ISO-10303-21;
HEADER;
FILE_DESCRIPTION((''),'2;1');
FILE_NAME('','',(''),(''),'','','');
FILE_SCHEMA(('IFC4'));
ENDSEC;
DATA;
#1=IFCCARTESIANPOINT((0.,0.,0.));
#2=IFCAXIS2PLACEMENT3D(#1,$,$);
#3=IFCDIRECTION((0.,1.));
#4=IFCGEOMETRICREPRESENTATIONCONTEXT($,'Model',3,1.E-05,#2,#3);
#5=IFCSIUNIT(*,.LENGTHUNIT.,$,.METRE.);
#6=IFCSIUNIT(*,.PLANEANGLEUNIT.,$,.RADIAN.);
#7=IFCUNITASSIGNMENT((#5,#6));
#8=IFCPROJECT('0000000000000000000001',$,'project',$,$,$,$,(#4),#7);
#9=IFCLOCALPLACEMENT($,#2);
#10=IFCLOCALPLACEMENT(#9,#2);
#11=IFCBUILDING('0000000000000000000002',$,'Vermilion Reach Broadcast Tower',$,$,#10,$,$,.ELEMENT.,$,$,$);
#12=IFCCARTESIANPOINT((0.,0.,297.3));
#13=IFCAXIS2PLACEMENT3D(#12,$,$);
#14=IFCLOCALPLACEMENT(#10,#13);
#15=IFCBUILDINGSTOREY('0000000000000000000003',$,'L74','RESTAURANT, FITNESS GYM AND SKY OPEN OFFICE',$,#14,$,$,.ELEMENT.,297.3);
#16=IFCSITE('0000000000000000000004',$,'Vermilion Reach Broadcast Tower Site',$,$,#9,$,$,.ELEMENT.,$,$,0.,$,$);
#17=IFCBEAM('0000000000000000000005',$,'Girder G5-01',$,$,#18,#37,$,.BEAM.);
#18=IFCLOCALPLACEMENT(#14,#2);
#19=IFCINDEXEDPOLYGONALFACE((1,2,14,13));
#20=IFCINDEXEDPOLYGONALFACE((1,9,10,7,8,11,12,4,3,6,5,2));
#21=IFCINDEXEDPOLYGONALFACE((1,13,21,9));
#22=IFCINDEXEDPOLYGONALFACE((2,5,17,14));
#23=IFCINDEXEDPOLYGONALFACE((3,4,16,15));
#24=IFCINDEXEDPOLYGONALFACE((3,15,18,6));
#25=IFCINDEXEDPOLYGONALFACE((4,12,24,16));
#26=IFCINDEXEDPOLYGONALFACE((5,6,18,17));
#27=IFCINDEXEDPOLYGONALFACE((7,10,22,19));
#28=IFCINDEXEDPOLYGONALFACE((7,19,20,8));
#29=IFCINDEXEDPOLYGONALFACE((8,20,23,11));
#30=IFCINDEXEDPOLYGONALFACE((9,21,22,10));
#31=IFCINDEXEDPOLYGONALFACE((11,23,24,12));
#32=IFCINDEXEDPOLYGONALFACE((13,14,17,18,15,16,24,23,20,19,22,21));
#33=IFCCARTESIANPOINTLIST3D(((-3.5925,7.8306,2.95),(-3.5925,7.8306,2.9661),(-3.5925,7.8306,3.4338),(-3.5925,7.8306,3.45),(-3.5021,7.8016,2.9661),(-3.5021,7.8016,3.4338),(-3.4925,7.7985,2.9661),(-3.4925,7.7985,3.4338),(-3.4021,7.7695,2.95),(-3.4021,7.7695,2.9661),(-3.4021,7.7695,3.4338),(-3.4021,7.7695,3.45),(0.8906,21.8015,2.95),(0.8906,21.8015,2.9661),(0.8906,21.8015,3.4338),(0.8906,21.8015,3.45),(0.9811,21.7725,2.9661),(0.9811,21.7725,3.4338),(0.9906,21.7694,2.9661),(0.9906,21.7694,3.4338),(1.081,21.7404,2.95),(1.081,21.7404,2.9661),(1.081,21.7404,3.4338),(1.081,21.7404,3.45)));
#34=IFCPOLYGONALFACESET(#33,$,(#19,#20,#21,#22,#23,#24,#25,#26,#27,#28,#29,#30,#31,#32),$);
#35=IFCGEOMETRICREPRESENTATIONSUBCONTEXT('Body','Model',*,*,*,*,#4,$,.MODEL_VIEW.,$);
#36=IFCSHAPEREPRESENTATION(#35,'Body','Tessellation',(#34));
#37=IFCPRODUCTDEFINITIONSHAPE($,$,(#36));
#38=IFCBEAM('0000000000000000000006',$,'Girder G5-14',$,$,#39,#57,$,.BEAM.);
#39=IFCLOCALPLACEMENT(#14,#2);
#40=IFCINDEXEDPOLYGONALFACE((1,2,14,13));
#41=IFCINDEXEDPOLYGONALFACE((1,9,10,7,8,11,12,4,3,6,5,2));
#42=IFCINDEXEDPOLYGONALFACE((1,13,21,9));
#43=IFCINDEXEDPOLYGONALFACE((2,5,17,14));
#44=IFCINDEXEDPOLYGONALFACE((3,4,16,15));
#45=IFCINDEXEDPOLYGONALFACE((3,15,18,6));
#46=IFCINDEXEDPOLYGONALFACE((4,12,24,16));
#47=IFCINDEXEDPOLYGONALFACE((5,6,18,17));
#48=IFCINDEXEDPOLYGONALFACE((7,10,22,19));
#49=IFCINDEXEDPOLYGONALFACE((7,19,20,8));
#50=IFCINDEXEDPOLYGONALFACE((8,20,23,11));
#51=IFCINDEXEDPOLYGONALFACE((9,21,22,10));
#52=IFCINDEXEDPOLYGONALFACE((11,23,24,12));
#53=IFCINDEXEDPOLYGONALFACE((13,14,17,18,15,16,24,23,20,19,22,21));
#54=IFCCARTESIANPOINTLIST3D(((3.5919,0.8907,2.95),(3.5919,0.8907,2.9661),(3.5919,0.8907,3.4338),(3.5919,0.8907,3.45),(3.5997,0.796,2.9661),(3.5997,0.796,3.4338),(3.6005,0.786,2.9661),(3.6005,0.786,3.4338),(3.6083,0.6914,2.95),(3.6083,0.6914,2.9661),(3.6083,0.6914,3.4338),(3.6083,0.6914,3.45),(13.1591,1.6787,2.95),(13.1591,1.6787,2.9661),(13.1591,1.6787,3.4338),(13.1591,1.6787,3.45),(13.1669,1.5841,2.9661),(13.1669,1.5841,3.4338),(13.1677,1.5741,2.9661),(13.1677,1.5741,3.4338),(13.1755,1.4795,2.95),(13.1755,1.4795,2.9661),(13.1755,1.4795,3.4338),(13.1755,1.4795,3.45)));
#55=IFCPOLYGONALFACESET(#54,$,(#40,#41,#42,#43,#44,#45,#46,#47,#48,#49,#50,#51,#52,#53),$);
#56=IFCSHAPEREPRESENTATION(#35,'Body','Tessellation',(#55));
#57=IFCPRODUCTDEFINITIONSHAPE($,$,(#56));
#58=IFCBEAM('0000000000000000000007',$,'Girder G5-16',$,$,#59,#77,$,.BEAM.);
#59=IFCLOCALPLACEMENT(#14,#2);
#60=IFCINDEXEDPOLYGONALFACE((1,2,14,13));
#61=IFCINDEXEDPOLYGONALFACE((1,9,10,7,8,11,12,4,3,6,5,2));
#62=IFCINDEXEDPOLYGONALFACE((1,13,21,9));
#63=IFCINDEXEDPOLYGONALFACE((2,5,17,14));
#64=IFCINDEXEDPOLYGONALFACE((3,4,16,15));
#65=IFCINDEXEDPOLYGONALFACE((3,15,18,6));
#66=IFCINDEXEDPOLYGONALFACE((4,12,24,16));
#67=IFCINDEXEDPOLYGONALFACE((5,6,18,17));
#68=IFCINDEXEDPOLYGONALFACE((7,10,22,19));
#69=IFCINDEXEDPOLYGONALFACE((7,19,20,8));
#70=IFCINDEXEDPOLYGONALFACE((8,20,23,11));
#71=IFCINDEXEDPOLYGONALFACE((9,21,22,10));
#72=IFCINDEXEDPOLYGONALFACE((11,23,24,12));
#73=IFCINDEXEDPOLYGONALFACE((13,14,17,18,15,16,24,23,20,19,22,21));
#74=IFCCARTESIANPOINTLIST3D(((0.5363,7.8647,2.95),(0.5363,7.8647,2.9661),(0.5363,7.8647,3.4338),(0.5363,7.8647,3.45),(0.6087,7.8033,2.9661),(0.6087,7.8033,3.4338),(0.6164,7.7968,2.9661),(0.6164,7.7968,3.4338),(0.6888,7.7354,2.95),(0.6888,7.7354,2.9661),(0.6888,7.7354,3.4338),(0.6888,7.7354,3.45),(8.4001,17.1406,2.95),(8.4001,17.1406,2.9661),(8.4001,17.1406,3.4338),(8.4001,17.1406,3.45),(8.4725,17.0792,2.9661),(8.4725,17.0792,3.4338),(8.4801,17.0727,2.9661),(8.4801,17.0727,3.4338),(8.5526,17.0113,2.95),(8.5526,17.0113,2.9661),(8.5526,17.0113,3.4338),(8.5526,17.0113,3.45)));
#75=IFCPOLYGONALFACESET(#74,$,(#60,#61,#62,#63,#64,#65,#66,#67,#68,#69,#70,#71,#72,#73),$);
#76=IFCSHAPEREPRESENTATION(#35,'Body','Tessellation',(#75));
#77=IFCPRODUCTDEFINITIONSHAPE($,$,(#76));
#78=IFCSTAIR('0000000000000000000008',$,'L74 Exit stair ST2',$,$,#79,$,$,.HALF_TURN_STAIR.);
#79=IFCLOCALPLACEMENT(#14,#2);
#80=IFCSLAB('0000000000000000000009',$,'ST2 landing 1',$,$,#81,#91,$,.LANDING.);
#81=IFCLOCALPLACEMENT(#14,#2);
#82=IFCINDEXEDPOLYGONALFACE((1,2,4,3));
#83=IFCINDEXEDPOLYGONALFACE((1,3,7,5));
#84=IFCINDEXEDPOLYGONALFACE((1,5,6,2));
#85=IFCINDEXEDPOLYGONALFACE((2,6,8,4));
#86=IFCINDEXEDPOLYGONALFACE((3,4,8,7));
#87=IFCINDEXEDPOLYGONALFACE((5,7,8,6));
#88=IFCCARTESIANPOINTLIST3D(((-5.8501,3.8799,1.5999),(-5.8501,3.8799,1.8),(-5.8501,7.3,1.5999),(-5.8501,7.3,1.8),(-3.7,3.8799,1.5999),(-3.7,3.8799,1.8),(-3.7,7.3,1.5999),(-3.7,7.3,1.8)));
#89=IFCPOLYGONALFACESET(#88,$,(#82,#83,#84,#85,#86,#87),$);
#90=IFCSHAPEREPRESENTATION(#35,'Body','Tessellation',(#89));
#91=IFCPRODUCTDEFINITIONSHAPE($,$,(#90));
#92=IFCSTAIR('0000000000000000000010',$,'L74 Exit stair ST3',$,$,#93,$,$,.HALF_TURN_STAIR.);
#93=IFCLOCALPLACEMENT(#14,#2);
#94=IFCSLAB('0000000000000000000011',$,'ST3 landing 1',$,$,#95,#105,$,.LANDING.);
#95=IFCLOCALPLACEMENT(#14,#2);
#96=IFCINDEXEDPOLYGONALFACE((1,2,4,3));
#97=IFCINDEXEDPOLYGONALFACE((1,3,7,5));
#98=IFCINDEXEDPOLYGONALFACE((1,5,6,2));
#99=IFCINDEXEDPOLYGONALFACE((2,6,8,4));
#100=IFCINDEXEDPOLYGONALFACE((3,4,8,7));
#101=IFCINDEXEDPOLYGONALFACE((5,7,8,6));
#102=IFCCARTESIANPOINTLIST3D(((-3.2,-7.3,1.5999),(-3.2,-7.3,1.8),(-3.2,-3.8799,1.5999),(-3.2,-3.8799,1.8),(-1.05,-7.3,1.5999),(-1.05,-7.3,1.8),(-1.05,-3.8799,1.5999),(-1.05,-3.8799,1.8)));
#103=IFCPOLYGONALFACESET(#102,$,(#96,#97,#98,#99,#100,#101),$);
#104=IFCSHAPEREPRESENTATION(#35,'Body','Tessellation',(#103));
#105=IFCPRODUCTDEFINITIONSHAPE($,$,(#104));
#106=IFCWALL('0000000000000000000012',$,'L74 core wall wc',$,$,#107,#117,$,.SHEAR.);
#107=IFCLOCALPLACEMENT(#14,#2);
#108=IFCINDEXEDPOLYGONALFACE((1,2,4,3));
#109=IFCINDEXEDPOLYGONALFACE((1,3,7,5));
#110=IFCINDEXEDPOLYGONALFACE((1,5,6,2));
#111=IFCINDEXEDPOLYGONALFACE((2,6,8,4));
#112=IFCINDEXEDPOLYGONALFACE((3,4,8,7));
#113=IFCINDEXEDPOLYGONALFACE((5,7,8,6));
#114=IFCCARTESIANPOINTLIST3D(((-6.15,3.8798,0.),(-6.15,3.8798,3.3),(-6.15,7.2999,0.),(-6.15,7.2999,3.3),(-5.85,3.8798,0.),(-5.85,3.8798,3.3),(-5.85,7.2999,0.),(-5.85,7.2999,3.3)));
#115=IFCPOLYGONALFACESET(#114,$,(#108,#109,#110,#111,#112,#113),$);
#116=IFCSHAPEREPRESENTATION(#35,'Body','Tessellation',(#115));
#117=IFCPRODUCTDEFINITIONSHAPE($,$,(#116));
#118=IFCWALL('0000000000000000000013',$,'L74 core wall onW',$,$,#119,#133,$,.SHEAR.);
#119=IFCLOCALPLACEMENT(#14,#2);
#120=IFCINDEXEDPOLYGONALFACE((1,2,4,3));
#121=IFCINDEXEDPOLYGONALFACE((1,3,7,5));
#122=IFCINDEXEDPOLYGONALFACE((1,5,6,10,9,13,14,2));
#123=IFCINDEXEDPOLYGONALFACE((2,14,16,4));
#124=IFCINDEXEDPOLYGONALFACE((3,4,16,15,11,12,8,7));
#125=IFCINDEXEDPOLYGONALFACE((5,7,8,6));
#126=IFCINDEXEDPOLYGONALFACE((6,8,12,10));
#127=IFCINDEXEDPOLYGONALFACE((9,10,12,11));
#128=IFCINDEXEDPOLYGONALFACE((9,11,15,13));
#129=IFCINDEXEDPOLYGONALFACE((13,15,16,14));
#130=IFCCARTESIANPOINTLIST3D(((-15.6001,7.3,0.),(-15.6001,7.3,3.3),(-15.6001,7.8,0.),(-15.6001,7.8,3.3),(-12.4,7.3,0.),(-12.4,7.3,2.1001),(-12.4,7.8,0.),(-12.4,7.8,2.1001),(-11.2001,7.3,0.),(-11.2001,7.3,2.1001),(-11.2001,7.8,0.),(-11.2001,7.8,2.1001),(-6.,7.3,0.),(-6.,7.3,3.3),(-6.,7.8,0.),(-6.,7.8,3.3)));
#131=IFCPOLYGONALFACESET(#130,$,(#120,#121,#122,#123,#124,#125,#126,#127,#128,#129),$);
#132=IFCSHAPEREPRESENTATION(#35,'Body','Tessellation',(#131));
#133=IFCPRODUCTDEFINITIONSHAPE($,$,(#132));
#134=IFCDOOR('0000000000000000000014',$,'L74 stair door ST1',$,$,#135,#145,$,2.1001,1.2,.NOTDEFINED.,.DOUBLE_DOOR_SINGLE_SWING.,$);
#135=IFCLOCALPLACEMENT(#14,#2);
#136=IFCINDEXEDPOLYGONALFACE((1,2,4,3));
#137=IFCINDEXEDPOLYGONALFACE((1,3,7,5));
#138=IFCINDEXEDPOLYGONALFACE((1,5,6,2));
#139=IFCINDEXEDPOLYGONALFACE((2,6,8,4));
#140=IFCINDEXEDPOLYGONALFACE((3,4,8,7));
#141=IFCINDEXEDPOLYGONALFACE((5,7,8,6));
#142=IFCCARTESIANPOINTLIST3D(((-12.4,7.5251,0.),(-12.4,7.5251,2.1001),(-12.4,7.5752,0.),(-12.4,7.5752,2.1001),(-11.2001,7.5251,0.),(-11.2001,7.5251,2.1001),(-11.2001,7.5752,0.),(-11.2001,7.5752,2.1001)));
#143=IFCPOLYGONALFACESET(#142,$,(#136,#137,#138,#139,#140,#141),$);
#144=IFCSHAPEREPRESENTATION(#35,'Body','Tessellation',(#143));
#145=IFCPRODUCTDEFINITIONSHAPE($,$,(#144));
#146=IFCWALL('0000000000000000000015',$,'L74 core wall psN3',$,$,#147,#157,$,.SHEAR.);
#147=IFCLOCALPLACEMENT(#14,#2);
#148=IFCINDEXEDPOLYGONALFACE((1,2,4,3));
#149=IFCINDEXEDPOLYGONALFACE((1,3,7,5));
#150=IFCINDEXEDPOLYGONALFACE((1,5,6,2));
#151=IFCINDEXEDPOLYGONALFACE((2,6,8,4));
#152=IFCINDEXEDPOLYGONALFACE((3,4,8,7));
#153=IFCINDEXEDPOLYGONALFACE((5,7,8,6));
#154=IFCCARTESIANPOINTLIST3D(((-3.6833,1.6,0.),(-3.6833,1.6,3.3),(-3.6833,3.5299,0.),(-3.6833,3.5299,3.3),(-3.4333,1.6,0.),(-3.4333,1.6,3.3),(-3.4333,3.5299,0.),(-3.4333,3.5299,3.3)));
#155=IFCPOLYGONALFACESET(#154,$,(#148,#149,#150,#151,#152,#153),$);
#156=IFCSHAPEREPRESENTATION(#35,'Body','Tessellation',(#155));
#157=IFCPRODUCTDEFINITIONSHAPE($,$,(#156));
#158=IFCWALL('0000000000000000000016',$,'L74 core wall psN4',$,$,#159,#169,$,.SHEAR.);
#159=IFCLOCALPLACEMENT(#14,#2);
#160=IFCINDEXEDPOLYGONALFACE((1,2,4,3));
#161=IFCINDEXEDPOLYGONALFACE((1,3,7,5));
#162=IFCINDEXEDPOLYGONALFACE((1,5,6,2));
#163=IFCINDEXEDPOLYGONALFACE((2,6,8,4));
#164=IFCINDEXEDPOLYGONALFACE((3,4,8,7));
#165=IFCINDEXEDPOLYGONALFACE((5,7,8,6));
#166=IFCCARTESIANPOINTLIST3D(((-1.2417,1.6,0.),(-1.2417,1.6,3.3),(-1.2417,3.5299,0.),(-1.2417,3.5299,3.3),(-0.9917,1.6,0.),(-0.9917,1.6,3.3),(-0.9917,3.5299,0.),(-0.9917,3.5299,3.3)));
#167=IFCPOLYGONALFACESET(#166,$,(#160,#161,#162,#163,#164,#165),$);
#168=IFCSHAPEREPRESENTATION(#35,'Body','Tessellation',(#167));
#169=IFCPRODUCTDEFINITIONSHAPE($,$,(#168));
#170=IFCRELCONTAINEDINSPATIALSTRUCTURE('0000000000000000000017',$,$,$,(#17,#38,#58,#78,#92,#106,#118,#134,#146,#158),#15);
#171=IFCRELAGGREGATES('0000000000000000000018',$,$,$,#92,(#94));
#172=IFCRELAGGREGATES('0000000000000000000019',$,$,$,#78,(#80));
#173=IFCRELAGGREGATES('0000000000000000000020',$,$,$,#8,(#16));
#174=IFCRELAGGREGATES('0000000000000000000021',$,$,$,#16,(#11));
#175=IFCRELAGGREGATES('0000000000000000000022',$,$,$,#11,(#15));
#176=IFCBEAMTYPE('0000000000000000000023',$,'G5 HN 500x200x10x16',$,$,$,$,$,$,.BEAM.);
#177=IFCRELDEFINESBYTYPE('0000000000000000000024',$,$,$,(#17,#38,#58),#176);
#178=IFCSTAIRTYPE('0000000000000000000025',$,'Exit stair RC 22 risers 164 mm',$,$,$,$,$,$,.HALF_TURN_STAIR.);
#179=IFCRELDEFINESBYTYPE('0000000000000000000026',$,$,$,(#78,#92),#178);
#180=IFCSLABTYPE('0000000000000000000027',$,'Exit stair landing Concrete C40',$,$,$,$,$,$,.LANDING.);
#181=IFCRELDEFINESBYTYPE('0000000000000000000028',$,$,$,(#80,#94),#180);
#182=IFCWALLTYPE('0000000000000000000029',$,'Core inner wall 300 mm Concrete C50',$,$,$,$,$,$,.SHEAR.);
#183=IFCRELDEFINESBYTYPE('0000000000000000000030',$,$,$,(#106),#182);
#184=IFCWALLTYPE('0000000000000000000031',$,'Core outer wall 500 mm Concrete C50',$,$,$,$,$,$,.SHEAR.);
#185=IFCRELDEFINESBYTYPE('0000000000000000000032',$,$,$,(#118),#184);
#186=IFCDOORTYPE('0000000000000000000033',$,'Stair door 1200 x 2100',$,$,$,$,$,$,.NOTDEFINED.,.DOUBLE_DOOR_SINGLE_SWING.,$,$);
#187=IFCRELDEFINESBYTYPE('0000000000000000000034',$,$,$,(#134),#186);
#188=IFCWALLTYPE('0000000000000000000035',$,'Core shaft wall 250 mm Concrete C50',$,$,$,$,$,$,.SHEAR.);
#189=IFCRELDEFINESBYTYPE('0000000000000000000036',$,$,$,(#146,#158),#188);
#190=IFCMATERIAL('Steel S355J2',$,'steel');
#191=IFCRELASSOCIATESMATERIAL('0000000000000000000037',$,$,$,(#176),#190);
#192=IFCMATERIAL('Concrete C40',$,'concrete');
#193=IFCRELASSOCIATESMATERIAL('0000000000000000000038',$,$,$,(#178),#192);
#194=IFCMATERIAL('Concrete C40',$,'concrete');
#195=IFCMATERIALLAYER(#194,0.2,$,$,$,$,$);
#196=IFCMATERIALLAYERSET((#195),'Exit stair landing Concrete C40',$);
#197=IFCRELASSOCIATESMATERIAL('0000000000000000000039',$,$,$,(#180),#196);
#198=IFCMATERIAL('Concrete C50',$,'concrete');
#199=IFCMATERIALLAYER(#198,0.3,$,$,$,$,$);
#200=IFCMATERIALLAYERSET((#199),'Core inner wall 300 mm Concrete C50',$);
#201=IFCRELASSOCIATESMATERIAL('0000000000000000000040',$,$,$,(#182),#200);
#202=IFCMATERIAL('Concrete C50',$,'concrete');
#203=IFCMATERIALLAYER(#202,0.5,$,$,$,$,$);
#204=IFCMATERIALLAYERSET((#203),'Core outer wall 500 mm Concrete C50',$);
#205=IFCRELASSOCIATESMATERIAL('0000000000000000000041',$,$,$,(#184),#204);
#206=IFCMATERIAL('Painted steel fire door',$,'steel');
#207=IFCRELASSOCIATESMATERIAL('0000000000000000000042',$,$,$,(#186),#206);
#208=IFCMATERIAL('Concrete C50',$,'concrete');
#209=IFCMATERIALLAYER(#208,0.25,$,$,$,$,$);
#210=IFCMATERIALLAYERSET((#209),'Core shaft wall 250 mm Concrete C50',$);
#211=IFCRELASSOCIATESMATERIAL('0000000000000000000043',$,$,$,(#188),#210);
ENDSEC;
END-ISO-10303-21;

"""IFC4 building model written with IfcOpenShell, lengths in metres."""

from ifc_helpers import new_model, si_unit, direction, frame, frame_2d, origin, origin_2d, place, context, subcontext, project, spatial, polyline, rectangle, i_section, outline, extrude, material, layer, layer_set, material_profile, profile_set, type_object, element, fill, aggregate, save


model = new_model("IFC4")

# Units and contexts
model_context = context("Model", 3, precision=1e-05, world=origin(), true_north=direction((0.0, 1.0)))
body_context = subcontext(model_context, "Body", "Model", "MODEL_VIEW")
ifc_project = project(units=[si_unit("LENGTHUNIT", "METRE"), si_unit("PLANEANGLEUNIT", "RADIAN")], contexts=[model_context])

# Site, building, storey
site_placement = place(None, origin())
site = spatial("IfcSite", under=ifc_project, at=site_placement, Name="Vermilion Reach Broadcast Tower Site", CompositionType="ELEMENT", RefElevation=0.0)
building_placement = place(site_placement, origin())
building = spatial("IfcBuilding", under=site, at=building_placement, Name="Vermilion Reach Broadcast Tower", CompositionType="ELEMENT")
storey_placement = place(building_placement, frame((0.0, 0.0, 297.3)))
storey = spatial("IfcBuildingStorey", under=building, at=storey_placement, Name="L74", Description="RESTAURANT, FITNESS GYM AND SKY OPEN OFFICE", CompositionType="ELEMENT", Elevation=297.3)

# Beams
ifc_material_1 = material(Name="Steel S355J2", Category="steel")
ifc_material_profile = material_profile(ifc_material_1, i_section(OverallWidth=0.2, OverallDepth=0.5, WebThickness=0.01, FlangeThickness=0.0161, at=origin_2d()), Name="S355J2 HN 500x200x10x16")
ifc_profile_set = profile_set([ifc_material_profile], Name="Steel S355J2")
beam_type = type_object("IfcBeamType", Name="G5 HN 500x200x10x16", PredefinedType="BEAM", material=ifc_profile_set)
beam_1_placement = place(storey_placement, frame((-3.4973, 7.8, 3.2), z_axis=(0.305545, 0.952178, 0.0), x_axis=(-0.952178, 0.305545, 0.0)))
element("IfcBeam", 1, at=beam_1_placement, inside=storey, type_object=beam_type, Name="Girder G5-01", PredefinedType="BEAM", context=body_context, shape_type="SweptSolid", body=[
    extrude(i_section(OverallWidth=0.2, OverallDepth=0.5, WebThickness=0.01, FlangeThickness=0.0161, at=origin_2d()), origin(), (0.0, 0.0, 1.0), 14.6726),
])
beam_2_placement = place(storey_placement, frame((3.6001, 0.791, 3.2), z_axis=(0.996624, 0.082096, 0.0), x_axis=(-0.082096, 0.996624, 0.0)))
element("IfcBeam", 2, at=beam_2_placement, inside=storey, type_object=beam_type, Name="Girder G5-14", PredefinedType="BEAM", context=body_context, shape_type="SweptSolid", body=[
    extrude(i_section(OverallWidth=0.2, OverallDepth=0.5, WebThickness=0.01, FlangeThickness=0.0161, at=origin_2d()), origin(), (0.0, 0.0, 1.0), 9.5996),
])
beam_3_placement = place(storey_placement, frame((0.6125, 7.8, 3.2), z_axis=(0.646658, 0.76278, 0.0), x_axis=(-0.76278, 0.646658, 0.0)))
element("IfcBeam", 3, at=beam_3_placement, inside=storey, type_object=beam_type, Name="Girder G5-16", PredefinedType="BEAM", context=body_context, shape_type="SweptSolid", body=[
    extrude(i_section(OverallWidth=0.2, OverallDepth=0.5, WebThickness=0.01, FlangeThickness=0.0161, at=origin_2d()), origin(), (0.0, 0.0, 1.0), 12.1606),
])

# Stairs, slabs
ifc_material_2 = material(Name="Concrete C40", Category="concrete")
stair_type = type_object("IfcStairType", Name="Exit stair RC 22 risers 164 mm", PredefinedType="HALF_TURN_STAIR", material=ifc_material_2)
placement_1 = place(storey_placement, origin())
stair_1 = element("IfcStair", 4, at=placement_1, inside=storey, type_object=stair_type, Name="L74 Exit stair ST2", PredefinedType="HALF_TURN_STAIR")
ifc_material_3 = material(Name="Concrete C40", Category="concrete")
ifc_layer_1 = layer(ifc_material_3, 0.2)
ifc_layer_set_1 = layer_set([ifc_layer_1], Name="Exit stair landing Concrete C40")
slab_type = type_object("IfcSlabType", Name="Exit stair landing Concrete C40", PredefinedType="LANDING", material=ifc_layer_set_1)
placement_2 = place(storey_placement, frame((0.0, 0.0, 1.5999)))
slab_1 = element("IfcSlab", 5, at=placement_2, type_object=slab_type, Name="ST2 landing 1", PredefinedType="LANDING", context=body_context, shape_type="SweptSolid", body=[
    extrude(outline(polyline([(-3.7, 7.3), (-5.8501, 7.3), (-5.8501, 3.8799), (-3.7, 3.8799), (-3.7, 7.3)])), origin(), (0.0, 0.0, 1.0), 0.2002),
])
stair_2 = element("IfcStair", 6, at=placement_1, inside=storey, type_object=stair_type, Name="L74 Exit stair ST3", PredefinedType="HALF_TURN_STAIR")
slab_2 = element("IfcSlab", 7, at=placement_2, type_object=slab_type, Name="ST3 landing 1", PredefinedType="LANDING", context=body_context, shape_type="SweptSolid", body=[
    extrude(outline(polyline([(-3.2, -7.3), (-1.05, -7.3), (-1.05, -3.8799), (-3.2, -3.8799), (-3.2, -7.3)])), origin(), (0.0, 0.0, 1.0), 0.2002),
])
aggregate(stair_2, [slab_2])

# Wall
ifc_material_4 = material(Name="Concrete C50", Category="concrete")
ifc_layer_2 = layer(ifc_material_4, 0.3)
ifc_layer_set_2 = layer_set([ifc_layer_2], Name="Core inner wall 300 mm Concrete C50")
wall_type_1 = type_object("IfcWallType", Name="Core inner wall 300 mm Concrete C50", PredefinedType="SHEAR", material=ifc_layer_set_2)
wall_1_placement = place(storey_placement, frame((-6.0, 3.8799, 0.0), z_axis=(0.0, 0.0, 1.0), x_axis=(0.0, 1.0, 0.0)))
element("IfcWall", 8, at=wall_1_placement, inside=storey, type_object=wall_type_1, Name="L74 core wall wc", PredefinedType="SHEAR", context=body_context, shape_type="SweptSolid", body=[
    extrude(rectangle(XDim=3.4202, YDim=0.3, at=frame_2d((1.71, 0.0))), origin(), (0.0, 0.0, 1.0), 3.3),
])

# Wall, opening, door
ifc_material_5 = material(Name="Concrete C50", Category="concrete")
ifc_layer_3 = layer(ifc_material_5, 0.5)
ifc_layer_set_3 = layer_set([ifc_layer_3], Name="Core outer wall 500 mm Concrete C50")
wall_type_2 = type_object("IfcWallType", Name="Core outer wall 500 mm Concrete C50", PredefinedType="SHEAR", material=ifc_layer_set_3)
wall_2_placement = place(storey_placement, frame((-6.0, 7.55, 0.0), z_axis=(0.0, 0.0, 1.0), x_axis=(-1.0, 0.0, 0.0)))
wall_2 = element("IfcWall", 9, at=wall_2_placement, inside=storey, type_object=wall_type_2, Name="L74 core wall onW", PredefinedType="SHEAR", context=body_context, shape_type="SweptSolid", body=[
    extrude(rectangle(XDim=9.6001, YDim=0.5, at=frame_2d((4.8, 0.0))), origin(), (0.0, 0.0, 1.0), 3.3),
])
opening_placement = place(wall_2_placement, frame((5.2, 0.0, 0.0)))
opening = element("IfcOpeningElement", 10, at=opening_placement, cuts=wall_2, PredefinedType="OPENING", context=body_context, shape_type="SweptSolid", body=[
    extrude(rectangle(XDim=1.2, YDim=2.1001, at=frame_2d((0.6001, 1.05))), frame((0.0, 0.26, 0.0), z_axis=(0.0, -1.0, 0.0), x_axis=(1.0, 0.0, 0.0)), (0.0, 0.0, 1.0), 0.52),
])
ifc_material_6 = material(Name="Painted steel fire door", Category="steel")
door_type = type_object("IfcDoorType", Name="Stair door 1200 x 2100", OperationType="DOUBLE_DOOR_SINGLE_SWING", PredefinedType="NOTDEFINED", material=ifc_material_6)
door_placement = place(opening_placement, origin())
door = element("IfcDoor", 11, at=door_placement, inside=storey, type_object=door_type, Name="L74 stair door ST1", OperationType="DOUBLE_DOOR_SINGLE_SWING", OverallHeight=2.1001, OverallWidth=1.2, PredefinedType="NOTDEFINED", context=body_context, shape_type="SweptSolid", body=[
    extrude(rectangle(XDim=1.2, YDim=2.1001, at=frame_2d((0.6001, 1.05))), frame((0.0, 0.0249, 0.0), z_axis=(0.0, -1.0, 0.0), x_axis=(1.0, 0.0, 0.0)), (0.0, 0.0, 1.0), 0.05),
])
fill(opening, door)

# Walls
ifc_material_7 = material(Name="Concrete C50", Category="concrete")
ifc_layer_4 = layer(ifc_material_7, 0.25)
ifc_layer_set_4 = layer_set([ifc_layer_4], Name="Core shaft wall 250 mm Concrete C50")
wall_type_3 = type_object("IfcWallType", Name="Core shaft wall 250 mm Concrete C50", PredefinedType="SHEAR", material=ifc_layer_set_4)
for number, where, z_axis, x_axis, name in (
    (12, (-3.5583, 1.6001, 0.0), (0.0, 0.0, 1.0), (0.0, 1.0, 0.0), "L74 core wall psN3"),
    (13, (-1.1167, 1.6001, 0.0), (0.0, 0.0, 1.0), (0.0, 1.0, 0.0), "L74 core wall psN4"),
):
    element("IfcWall", number, at=place(storey_placement, frame(where, z_axis=z_axis, x_axis=x_axis)), inside=storey, type_object=wall_type_3, Name=name, PredefinedType="SHEAR", context=body_context, shape_type="SweptSolid", body=[
        extrude(rectangle(XDim=1.9299, YDim=0.25, at=frame_2d((0.9648, 0.0))), origin(), (0.0, 0.0, 1.0), 3.3),
    ])

aggregate(stair_1, [slab_1])

save(model, "model.ifc")
